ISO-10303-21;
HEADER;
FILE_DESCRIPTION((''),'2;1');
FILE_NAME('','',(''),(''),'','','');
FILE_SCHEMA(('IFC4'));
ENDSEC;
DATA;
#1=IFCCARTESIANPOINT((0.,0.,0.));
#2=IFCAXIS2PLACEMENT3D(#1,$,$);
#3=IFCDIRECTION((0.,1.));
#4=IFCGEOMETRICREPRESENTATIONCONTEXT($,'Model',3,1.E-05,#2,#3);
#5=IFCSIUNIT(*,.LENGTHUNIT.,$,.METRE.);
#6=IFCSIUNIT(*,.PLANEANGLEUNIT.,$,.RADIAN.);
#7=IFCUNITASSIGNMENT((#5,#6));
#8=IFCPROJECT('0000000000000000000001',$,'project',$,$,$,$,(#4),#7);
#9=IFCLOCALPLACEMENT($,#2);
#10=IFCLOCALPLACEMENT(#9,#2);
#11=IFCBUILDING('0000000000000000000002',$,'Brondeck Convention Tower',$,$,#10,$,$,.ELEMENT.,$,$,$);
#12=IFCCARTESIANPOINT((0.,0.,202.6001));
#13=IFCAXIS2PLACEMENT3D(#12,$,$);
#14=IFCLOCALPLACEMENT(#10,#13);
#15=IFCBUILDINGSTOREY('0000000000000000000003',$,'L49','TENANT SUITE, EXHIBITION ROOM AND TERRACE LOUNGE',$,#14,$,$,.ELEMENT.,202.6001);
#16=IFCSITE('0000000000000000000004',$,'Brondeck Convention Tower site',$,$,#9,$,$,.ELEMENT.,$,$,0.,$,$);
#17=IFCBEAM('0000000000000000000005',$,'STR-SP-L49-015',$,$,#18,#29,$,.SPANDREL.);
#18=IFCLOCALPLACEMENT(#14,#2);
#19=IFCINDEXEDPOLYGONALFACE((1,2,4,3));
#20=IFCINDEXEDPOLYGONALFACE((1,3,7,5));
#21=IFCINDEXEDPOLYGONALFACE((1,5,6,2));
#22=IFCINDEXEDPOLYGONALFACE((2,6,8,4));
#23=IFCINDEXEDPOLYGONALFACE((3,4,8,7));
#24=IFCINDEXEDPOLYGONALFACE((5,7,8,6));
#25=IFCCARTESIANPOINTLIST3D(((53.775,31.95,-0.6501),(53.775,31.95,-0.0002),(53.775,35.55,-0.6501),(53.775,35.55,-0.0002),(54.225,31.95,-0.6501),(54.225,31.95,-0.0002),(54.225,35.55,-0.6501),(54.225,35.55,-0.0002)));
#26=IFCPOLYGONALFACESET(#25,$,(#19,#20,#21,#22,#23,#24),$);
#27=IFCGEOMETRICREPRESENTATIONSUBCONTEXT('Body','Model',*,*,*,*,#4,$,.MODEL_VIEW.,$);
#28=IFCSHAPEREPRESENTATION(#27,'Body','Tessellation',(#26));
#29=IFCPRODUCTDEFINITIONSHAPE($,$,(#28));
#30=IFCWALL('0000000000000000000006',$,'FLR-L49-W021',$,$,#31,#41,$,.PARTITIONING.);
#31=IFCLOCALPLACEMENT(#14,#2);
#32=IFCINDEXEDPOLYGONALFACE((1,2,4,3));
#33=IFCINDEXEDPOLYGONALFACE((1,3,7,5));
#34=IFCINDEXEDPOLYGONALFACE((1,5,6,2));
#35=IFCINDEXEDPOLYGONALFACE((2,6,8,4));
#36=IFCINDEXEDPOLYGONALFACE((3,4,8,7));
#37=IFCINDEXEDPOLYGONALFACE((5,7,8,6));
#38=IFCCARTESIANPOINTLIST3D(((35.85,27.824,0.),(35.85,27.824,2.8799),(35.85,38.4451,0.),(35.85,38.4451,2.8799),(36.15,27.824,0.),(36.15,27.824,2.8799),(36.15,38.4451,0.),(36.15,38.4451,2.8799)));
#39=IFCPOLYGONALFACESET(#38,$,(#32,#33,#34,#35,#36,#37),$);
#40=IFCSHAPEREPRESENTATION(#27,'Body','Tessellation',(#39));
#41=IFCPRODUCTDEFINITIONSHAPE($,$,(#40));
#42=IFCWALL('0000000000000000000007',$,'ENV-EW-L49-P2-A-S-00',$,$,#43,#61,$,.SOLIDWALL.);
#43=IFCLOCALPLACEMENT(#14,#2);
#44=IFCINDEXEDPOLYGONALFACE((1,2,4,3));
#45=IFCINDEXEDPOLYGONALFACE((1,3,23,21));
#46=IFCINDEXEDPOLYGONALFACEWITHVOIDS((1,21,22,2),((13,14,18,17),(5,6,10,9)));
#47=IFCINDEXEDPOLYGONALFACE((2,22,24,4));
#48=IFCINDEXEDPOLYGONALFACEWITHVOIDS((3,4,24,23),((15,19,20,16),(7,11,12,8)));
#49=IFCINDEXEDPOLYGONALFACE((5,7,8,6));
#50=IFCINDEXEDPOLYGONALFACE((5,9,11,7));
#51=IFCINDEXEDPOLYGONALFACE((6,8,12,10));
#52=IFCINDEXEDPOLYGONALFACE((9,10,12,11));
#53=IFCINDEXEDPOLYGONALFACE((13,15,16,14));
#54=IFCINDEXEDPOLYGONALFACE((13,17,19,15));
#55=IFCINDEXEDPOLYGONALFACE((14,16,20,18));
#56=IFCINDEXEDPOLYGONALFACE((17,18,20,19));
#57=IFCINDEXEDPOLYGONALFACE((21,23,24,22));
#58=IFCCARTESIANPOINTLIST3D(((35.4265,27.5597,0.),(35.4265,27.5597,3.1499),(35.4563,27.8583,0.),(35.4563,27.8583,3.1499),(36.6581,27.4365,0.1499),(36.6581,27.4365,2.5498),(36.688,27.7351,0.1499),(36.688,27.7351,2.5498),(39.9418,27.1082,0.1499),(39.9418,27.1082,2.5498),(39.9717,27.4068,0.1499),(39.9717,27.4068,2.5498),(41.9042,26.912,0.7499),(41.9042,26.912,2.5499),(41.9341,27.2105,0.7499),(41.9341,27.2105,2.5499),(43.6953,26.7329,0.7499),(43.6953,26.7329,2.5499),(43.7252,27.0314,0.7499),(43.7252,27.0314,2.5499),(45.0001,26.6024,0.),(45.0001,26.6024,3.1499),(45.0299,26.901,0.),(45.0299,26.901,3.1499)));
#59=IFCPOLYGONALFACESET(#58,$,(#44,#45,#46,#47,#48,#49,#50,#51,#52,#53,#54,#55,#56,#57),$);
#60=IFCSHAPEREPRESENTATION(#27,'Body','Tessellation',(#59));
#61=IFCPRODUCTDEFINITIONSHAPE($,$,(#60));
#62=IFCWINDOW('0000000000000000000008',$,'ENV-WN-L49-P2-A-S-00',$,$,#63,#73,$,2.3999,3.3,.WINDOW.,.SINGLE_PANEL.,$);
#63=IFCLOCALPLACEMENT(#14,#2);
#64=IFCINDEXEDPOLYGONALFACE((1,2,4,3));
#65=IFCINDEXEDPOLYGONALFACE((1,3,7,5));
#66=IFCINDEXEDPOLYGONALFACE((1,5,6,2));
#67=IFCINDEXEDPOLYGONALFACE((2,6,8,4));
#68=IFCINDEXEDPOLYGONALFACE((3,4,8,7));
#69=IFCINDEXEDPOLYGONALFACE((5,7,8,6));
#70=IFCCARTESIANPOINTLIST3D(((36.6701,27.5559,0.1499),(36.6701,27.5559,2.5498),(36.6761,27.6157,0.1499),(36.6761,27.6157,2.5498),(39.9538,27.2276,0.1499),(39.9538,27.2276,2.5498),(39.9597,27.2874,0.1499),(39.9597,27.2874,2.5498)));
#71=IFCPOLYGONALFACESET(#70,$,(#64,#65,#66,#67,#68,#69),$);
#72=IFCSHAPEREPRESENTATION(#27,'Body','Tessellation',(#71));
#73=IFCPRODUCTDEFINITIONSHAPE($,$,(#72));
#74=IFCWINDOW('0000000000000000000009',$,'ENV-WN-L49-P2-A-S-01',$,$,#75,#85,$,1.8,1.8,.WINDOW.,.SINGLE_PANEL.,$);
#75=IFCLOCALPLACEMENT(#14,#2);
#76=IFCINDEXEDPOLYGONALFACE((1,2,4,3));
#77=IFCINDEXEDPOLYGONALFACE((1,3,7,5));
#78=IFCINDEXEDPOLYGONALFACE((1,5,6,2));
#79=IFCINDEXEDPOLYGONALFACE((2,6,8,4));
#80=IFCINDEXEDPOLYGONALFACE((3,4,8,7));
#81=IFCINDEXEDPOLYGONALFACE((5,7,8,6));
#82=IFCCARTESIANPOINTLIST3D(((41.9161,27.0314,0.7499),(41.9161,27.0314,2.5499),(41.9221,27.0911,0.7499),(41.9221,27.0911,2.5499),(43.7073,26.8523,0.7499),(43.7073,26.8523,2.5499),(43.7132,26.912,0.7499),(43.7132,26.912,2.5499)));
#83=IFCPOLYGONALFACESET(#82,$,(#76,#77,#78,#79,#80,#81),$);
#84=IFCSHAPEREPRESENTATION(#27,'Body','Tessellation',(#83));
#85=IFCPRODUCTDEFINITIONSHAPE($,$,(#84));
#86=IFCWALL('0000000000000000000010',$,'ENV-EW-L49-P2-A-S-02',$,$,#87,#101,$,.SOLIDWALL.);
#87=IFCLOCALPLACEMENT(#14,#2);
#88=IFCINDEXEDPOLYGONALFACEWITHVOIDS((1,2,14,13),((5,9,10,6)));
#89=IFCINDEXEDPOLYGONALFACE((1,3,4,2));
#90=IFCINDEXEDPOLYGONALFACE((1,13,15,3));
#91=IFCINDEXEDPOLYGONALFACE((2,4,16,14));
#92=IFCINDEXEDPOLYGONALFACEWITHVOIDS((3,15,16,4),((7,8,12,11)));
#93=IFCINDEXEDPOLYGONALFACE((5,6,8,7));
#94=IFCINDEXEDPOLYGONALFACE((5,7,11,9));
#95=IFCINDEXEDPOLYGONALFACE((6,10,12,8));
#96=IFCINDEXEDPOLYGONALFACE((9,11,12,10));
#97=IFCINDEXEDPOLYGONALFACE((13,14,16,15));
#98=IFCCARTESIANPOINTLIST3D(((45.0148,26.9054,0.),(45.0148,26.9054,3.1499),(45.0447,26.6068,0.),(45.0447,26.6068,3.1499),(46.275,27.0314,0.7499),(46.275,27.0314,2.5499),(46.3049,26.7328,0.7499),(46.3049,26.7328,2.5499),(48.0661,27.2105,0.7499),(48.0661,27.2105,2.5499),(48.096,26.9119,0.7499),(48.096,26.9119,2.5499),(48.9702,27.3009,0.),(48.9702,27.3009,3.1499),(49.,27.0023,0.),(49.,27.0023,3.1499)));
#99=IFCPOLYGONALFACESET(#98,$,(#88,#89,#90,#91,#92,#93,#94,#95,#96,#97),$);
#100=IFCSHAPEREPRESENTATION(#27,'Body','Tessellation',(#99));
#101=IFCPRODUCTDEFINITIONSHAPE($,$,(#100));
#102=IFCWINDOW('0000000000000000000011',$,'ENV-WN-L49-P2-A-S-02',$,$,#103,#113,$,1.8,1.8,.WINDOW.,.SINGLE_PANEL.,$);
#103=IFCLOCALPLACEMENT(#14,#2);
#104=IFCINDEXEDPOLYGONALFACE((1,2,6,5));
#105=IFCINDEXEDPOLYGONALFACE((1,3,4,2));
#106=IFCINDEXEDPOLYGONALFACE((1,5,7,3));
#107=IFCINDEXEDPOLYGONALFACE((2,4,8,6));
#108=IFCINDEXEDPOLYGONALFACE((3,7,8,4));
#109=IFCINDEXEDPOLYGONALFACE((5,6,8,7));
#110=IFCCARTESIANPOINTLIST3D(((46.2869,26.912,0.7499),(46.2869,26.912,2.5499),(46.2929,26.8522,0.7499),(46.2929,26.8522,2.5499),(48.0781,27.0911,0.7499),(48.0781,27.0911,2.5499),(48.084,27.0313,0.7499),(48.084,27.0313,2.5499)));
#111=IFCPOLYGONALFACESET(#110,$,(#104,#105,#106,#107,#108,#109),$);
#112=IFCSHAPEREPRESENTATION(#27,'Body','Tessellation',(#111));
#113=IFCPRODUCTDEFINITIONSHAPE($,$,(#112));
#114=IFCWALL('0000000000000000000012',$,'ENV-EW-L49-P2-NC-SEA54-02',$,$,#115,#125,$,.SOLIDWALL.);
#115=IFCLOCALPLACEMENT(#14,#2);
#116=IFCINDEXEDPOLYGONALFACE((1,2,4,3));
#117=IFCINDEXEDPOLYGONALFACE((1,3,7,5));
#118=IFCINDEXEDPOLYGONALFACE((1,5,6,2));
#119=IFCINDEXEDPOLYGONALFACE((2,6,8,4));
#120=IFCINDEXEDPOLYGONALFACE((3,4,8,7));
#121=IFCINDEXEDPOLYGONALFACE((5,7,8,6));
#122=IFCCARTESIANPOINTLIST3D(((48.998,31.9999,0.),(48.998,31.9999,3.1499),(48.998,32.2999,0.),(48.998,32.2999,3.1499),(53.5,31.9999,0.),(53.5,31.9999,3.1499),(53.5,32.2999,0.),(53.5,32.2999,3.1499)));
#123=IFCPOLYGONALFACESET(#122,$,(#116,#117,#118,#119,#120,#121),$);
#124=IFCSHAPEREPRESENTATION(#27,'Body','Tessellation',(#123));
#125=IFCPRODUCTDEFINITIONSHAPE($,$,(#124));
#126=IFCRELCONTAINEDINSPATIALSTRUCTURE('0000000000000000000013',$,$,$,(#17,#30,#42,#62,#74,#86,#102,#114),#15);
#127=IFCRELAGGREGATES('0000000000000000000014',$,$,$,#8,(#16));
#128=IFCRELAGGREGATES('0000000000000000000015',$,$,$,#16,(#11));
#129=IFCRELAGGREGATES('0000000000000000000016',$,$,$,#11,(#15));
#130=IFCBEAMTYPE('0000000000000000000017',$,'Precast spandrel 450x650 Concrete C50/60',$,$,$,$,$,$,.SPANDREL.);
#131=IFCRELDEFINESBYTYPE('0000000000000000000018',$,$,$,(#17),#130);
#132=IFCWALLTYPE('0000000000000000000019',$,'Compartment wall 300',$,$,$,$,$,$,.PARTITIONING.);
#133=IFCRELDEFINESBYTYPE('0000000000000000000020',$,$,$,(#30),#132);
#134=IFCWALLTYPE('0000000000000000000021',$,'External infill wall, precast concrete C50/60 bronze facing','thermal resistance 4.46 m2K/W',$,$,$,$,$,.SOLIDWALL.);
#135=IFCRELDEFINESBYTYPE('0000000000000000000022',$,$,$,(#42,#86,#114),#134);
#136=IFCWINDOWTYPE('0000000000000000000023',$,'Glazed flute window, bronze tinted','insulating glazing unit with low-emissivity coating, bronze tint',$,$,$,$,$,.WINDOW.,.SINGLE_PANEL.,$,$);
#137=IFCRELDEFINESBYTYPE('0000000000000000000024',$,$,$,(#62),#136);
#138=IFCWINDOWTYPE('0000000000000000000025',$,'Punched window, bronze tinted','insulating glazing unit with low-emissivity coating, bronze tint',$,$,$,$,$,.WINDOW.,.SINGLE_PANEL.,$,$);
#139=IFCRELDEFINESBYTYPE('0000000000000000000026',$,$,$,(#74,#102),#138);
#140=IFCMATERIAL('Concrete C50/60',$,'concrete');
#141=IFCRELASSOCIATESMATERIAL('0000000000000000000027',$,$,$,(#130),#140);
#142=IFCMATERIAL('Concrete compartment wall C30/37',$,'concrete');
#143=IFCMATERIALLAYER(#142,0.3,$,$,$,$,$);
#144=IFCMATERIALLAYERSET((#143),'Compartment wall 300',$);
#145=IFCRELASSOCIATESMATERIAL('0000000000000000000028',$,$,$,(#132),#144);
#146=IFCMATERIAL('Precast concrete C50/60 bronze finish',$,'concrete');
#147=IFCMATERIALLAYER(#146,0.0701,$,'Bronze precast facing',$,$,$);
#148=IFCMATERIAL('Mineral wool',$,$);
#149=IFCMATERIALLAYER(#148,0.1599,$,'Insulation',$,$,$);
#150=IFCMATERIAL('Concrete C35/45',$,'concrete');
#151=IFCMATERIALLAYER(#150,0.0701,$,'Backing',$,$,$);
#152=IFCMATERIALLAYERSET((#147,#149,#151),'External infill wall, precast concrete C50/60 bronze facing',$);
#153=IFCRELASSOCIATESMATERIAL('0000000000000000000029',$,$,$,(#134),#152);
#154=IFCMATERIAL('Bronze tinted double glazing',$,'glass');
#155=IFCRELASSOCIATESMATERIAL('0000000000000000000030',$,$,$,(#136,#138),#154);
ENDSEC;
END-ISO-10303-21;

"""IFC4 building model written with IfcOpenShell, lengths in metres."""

from ifc_helpers import new_model, si_unit, direction, frame, frame_2d, origin, origin_2d, place, context, subcontext, project, spatial, rectangle, extrude, material, layer, layer_set, material_profile, profile_set, type_object, element, fill, save


model = new_model("IFC4")

# Units and contexts
model_context = context("Model", 3, precision=1e-05, world=origin(), true_north=direction((0.0, 1.0)))
body_context = subcontext(model_context, "Body", "Model", "MODEL_VIEW")
ifc_project = project(units=[si_unit("LENGTHUNIT", "METRE"), si_unit("PLANEANGLEUNIT", "RADIAN")], contexts=[model_context])

# Site, building, storey
site_placement = place(None, origin())
site = spatial("IfcSite", under=ifc_project, at=site_placement, Name="Brondeck Convention Tower site", CompositionType="ELEMENT", RefElevation=0.0)
building_placement = place(site_placement, origin())
building = spatial("IfcBuilding", under=site, at=building_placement, Name="Brondeck Convention Tower", CompositionType="ELEMENT")
storey_placement = place(building_placement, frame((0.0, 0.0, 202.6001)))
storey = spatial("IfcBuildingStorey", under=building, at=storey_placement, Name="L49", Description="TENANT SUITE, EXHIBITION ROOM AND TERRACE LOUNGE", CompositionType="ELEMENT", Elevation=202.6001)

# Shared definitions
ifc_material_1 = material(Name="Concrete C50/60", Category="concrete")

# Beam
ifc_material_profile_1 = material_profile(ifc_material_1, rectangle(XDim=0.45, YDim=0.6499, at=origin_2d()), Name="Precast spandrel 450x650 Concrete C50/60")
ifc_profile_set_1 = profile_set([ifc_material_profile_1], Name="Concrete C50/60")
beam_type_1 = type_object("IfcBeamType", Name="Precast spandrel 450x650 Concrete C50/60", PredefinedType="SPANDREL", material=ifc_profile_set_1)
beam_1_placement = place(storey_placement, frame((54.0, 31.95, -0.3252), z_axis=(0.0, 1.0, 0.0), x_axis=(-1.0, 0.0, 0.0)))
element("IfcBeam", 1, at=beam_1_placement, inside=storey, type_object=beam_type_1, Name="STR-SP-L49-015", PredefinedType="SPANDREL", context=body_context, shape_type="SweptSolid", body=[
    extrude(rectangle(XDim=0.45, YDim=0.6499, at=origin_2d()), origin(), (0.0, 0.0, 1.0), 3.6001),
])

# Wall
ifc_material_2 = material(Name="Concrete compartment wall C30/37", Category="concrete")
ifc_layer_1 = layer(ifc_material_2, 0.3)
ifc_layer_set_1 = layer_set([ifc_layer_1], Name="Compartment wall 300")
wall_type_1 = type_object("IfcWallType", Name="Compartment wall 300", PredefinedType="PARTITIONING", material=ifc_layer_set_1)
wall_1_placement = place(storey_placement, frame((36.0, 27.824, 0.0), z_axis=(0.0, 0.0, 1.0), x_axis=(0.0, 1.0, 0.0)))
element("IfcWall", 2, at=wall_1_placement, inside=storey, type_object=wall_type_1, Name="FLR-L49-W021", PredefinedType="PARTITIONING", context=body_context, shape_type="SweptSolid", body=[
    extrude(rectangle(XDim=10.6211, YDim=0.3, at=frame_2d((5.3105, 0.0))), origin(), (0.0, 0.0, 1.0), 2.8799),
])

# Wall, openings, windows
ifc_material_3 = material(Name="Precast concrete C50/60 bronze finish", Category="concrete")
ifc_layer_2 = layer(ifc_material_3, 0.0701, Name="Bronze precast facing")
ifc_material_4 = material(Name="Mineral wool")
ifc_layer_3 = layer(ifc_material_4, 0.1599, Name="Insulation")
ifc_material_5 = material(Name="Concrete C35/45", Category="concrete")
ifc_layer_4 = layer(ifc_material_5, 0.0701, Name="Backing")
ifc_layer_set_2 = layer_set([ifc_layer_2, ifc_layer_3, ifc_layer_4], Name="External infill wall, precast concrete C50/60 bronze facing")
wall_type_2 = type_object("IfcWallType", Name="External infill wall, precast concrete C50/60 bronze facing", Description="thermal resistance 4.46 m2K/W", PredefinedType="SOLIDWALL", material=ifc_layer_set_2)
wall_2_placement = place(storey_placement, frame((45.0149, 26.7517, 0.0), z_axis=(0.0, 0.0, 1.0), x_axis=(-0.995038, 0.099496, 0.0)))
wall_2 = element("IfcWall", 3, at=wall_2_placement, inside=storey, type_object=wall_type_2, Name="ENV-EW-L49-P2-A-S-00", PredefinedType="SOLIDWALL", context=body_context, shape_type="SweptSolid", body=[
    extrude(rectangle(XDim=9.6213, YDim=0.3, at=frame_2d((4.8105, 0.0))), origin(), (0.0, 0.0, 1.0), 3.1499),
])
opening_1_placement = place(wall_2_placement, frame((1.3113, 0.0, 0.75)))
opening_1 = element("IfcOpeningElement", 4, at=opening_1_placement, cuts=wall_2, PredefinedType="OPENING", context=body_context, shape_type="SweptSolid", body=[
    extrude(rectangle(XDim=1.8, YDim=1.8, at=frame_2d((0.8999, 0.8999))), frame((0.0, 0.1599, 0.0), z_axis=(0.0, -1.0, 0.0), x_axis=(1.0, 0.0, 0.0)), (0.0, 0.0, 1.0), 0.3201),
])
opening_2_placement = place(wall_2_placement, frame((5.0835, 0.0, 0.1499)))
opening_2 = element("IfcOpeningElement", 5, at=opening_2_placement, cuts=wall_2, PredefinedType="OPENING", context=body_context, shape_type="SweptSolid", body=[
    extrude(rectangle(XDim=3.3, YDim=2.3999, at=frame_2d((1.6499, 1.2))), frame((0.0, 0.1599, 0.0), z_axis=(0.0, -1.0, 0.0), x_axis=(1.0, 0.0, 0.0)), (0.0, 0.0, 1.0), 0.3201),
])
ifc_material_6 = material(Name="Bronze tinted double glazing", Category="glass")
window_type_1 = type_object("IfcWindowType", Name="Glazed flute window, bronze tinted", Description="insulating glazing unit with low-emissivity coating, bronze tint", PartitioningType="SINGLE_PANEL", PredefinedType="WINDOW", material=ifc_material_6)
window_1_placement = place(opening_2_placement, origin())
window_1 = element("IfcWindow", 6, at=window_1_placement, inside=storey, type_object=window_type_1, Name="ENV-WN-L49-P2-A-S-00", OverallHeight=2.3999, OverallWidth=3.3, PartitioningType="SINGLE_PANEL", PredefinedType="WINDOW", context=body_context, shape_type="SweptSolid", body=[
    extrude(rectangle(XDim=3.3, YDim=2.3999, at=frame_2d((1.6499, 1.2))), frame((0.0, 0.03, 0.0), z_axis=(0.0, -1.0, 0.0), x_axis=(1.0, 0.0, 0.0)), (0.0, 0.0, 1.0), 0.0601),
])
fill(opening_2, window_1)
window_type_2 = type_object("IfcWindowType", Name="Punched window, bronze tinted", Description="insulating glazing unit with low-emissivity coating, bronze tint", PartitioningType="SINGLE_PANEL", PredefinedType="WINDOW", material=ifc_material_6)
window_2_placement = place(opening_1_placement, origin())
window_2 = element("IfcWindow", 7, at=window_2_placement, inside=storey, type_object=window_type_2, Name="ENV-WN-L49-P2-A-S-01", OverallHeight=1.8, OverallWidth=1.8, PartitioningType="SINGLE_PANEL", PredefinedType="WINDOW", context=body_context, shape_type="SweptSolid", body=[
    extrude(rectangle(XDim=1.8, YDim=1.8, at=frame_2d((0.8999, 0.8999))), frame((0.0, 0.03, 0.0), z_axis=(0.0, -1.0, 0.0), x_axis=(1.0, 0.0, 0.0)), (0.0, 0.0, 1.0), 0.0601),
])
fill(opening_1, window_2)

# Wall, opening, window
wall_3_placement = place(storey_placement, frame((48.9851, 27.1516, 0.0), z_axis=(0.0, 0.0, 1.0), x_axis=(-0.995038, -0.099498, 0.0)))
wall_3 = element("IfcWall", 8, at=wall_3_placement, inside=storey, type_object=wall_type_2, Name="ENV-EW-L49-P2-A-S-02", PredefinedType="SOLIDWALL", context=body_context, shape_type="SweptSolid", body=[
    extrude(rectangle(XDim=3.9751, YDim=0.3, at=frame_2d((1.9875, 0.0))), origin(), (0.0, 0.0, 1.0), 3.1499),
])
opening_3_placement = place(wall_3_placement, frame((0.9087, 0.0, 0.75)))
opening_3 = element("IfcOpeningElement", 9, at=opening_3_placement, cuts=wall_3, PredefinedType="OPENING", context=body_context, shape_type="SweptSolid", body=[
    extrude(rectangle(XDim=1.8, YDim=1.8, at=frame_2d((0.8999, 0.8999))), frame((0.0, 0.1599, 0.0), z_axis=(0.0, -1.0, 0.0), x_axis=(1.0, 0.0, 0.0)), (0.0, 0.0, 1.0), 0.3201),
])
window_3_placement = place(opening_3_placement, origin())
window_3 = element("IfcWindow", 10, at=window_3_placement, inside=storey, type_object=window_type_2, Name="ENV-WN-L49-P2-A-S-02", OverallHeight=1.8, OverallWidth=1.8, PartitioningType="SINGLE_PANEL", PredefinedType="WINDOW", context=body_context, shape_type="SweptSolid", body=[
    extrude(rectangle(XDim=1.8, YDim=1.8, at=frame_2d((0.8999, 0.8999))), frame((0.0, 0.03, 0.0), z_axis=(0.0, -1.0, 0.0), x_axis=(1.0, 0.0, 0.0)), (0.0, 0.0, 1.0), 0.0601),
])
fill(opening_3, window_3)

# Wall
wall_4_placement = place(storey_placement, frame((53.5, 32.1499, 0.0), z_axis=(0.0, 0.0, 1.0), x_axis=(-1.0, 0.0, 0.0)))
element("IfcWall", 11, at=wall_4_placement, inside=storey, type_object=wall_type_2, Name="ENV-EW-L49-P2-NC-SEA54-02", PredefinedType="SOLIDWALL", context=body_context, shape_type="SweptSolid", body=[
    extrude(rectangle(XDim=4.502, YDim=0.3, at=frame_2d((2.251, 0.0))), origin(), (0.0, 0.0, 1.0), 3.1499),
])

save(model, "model.ifc")
